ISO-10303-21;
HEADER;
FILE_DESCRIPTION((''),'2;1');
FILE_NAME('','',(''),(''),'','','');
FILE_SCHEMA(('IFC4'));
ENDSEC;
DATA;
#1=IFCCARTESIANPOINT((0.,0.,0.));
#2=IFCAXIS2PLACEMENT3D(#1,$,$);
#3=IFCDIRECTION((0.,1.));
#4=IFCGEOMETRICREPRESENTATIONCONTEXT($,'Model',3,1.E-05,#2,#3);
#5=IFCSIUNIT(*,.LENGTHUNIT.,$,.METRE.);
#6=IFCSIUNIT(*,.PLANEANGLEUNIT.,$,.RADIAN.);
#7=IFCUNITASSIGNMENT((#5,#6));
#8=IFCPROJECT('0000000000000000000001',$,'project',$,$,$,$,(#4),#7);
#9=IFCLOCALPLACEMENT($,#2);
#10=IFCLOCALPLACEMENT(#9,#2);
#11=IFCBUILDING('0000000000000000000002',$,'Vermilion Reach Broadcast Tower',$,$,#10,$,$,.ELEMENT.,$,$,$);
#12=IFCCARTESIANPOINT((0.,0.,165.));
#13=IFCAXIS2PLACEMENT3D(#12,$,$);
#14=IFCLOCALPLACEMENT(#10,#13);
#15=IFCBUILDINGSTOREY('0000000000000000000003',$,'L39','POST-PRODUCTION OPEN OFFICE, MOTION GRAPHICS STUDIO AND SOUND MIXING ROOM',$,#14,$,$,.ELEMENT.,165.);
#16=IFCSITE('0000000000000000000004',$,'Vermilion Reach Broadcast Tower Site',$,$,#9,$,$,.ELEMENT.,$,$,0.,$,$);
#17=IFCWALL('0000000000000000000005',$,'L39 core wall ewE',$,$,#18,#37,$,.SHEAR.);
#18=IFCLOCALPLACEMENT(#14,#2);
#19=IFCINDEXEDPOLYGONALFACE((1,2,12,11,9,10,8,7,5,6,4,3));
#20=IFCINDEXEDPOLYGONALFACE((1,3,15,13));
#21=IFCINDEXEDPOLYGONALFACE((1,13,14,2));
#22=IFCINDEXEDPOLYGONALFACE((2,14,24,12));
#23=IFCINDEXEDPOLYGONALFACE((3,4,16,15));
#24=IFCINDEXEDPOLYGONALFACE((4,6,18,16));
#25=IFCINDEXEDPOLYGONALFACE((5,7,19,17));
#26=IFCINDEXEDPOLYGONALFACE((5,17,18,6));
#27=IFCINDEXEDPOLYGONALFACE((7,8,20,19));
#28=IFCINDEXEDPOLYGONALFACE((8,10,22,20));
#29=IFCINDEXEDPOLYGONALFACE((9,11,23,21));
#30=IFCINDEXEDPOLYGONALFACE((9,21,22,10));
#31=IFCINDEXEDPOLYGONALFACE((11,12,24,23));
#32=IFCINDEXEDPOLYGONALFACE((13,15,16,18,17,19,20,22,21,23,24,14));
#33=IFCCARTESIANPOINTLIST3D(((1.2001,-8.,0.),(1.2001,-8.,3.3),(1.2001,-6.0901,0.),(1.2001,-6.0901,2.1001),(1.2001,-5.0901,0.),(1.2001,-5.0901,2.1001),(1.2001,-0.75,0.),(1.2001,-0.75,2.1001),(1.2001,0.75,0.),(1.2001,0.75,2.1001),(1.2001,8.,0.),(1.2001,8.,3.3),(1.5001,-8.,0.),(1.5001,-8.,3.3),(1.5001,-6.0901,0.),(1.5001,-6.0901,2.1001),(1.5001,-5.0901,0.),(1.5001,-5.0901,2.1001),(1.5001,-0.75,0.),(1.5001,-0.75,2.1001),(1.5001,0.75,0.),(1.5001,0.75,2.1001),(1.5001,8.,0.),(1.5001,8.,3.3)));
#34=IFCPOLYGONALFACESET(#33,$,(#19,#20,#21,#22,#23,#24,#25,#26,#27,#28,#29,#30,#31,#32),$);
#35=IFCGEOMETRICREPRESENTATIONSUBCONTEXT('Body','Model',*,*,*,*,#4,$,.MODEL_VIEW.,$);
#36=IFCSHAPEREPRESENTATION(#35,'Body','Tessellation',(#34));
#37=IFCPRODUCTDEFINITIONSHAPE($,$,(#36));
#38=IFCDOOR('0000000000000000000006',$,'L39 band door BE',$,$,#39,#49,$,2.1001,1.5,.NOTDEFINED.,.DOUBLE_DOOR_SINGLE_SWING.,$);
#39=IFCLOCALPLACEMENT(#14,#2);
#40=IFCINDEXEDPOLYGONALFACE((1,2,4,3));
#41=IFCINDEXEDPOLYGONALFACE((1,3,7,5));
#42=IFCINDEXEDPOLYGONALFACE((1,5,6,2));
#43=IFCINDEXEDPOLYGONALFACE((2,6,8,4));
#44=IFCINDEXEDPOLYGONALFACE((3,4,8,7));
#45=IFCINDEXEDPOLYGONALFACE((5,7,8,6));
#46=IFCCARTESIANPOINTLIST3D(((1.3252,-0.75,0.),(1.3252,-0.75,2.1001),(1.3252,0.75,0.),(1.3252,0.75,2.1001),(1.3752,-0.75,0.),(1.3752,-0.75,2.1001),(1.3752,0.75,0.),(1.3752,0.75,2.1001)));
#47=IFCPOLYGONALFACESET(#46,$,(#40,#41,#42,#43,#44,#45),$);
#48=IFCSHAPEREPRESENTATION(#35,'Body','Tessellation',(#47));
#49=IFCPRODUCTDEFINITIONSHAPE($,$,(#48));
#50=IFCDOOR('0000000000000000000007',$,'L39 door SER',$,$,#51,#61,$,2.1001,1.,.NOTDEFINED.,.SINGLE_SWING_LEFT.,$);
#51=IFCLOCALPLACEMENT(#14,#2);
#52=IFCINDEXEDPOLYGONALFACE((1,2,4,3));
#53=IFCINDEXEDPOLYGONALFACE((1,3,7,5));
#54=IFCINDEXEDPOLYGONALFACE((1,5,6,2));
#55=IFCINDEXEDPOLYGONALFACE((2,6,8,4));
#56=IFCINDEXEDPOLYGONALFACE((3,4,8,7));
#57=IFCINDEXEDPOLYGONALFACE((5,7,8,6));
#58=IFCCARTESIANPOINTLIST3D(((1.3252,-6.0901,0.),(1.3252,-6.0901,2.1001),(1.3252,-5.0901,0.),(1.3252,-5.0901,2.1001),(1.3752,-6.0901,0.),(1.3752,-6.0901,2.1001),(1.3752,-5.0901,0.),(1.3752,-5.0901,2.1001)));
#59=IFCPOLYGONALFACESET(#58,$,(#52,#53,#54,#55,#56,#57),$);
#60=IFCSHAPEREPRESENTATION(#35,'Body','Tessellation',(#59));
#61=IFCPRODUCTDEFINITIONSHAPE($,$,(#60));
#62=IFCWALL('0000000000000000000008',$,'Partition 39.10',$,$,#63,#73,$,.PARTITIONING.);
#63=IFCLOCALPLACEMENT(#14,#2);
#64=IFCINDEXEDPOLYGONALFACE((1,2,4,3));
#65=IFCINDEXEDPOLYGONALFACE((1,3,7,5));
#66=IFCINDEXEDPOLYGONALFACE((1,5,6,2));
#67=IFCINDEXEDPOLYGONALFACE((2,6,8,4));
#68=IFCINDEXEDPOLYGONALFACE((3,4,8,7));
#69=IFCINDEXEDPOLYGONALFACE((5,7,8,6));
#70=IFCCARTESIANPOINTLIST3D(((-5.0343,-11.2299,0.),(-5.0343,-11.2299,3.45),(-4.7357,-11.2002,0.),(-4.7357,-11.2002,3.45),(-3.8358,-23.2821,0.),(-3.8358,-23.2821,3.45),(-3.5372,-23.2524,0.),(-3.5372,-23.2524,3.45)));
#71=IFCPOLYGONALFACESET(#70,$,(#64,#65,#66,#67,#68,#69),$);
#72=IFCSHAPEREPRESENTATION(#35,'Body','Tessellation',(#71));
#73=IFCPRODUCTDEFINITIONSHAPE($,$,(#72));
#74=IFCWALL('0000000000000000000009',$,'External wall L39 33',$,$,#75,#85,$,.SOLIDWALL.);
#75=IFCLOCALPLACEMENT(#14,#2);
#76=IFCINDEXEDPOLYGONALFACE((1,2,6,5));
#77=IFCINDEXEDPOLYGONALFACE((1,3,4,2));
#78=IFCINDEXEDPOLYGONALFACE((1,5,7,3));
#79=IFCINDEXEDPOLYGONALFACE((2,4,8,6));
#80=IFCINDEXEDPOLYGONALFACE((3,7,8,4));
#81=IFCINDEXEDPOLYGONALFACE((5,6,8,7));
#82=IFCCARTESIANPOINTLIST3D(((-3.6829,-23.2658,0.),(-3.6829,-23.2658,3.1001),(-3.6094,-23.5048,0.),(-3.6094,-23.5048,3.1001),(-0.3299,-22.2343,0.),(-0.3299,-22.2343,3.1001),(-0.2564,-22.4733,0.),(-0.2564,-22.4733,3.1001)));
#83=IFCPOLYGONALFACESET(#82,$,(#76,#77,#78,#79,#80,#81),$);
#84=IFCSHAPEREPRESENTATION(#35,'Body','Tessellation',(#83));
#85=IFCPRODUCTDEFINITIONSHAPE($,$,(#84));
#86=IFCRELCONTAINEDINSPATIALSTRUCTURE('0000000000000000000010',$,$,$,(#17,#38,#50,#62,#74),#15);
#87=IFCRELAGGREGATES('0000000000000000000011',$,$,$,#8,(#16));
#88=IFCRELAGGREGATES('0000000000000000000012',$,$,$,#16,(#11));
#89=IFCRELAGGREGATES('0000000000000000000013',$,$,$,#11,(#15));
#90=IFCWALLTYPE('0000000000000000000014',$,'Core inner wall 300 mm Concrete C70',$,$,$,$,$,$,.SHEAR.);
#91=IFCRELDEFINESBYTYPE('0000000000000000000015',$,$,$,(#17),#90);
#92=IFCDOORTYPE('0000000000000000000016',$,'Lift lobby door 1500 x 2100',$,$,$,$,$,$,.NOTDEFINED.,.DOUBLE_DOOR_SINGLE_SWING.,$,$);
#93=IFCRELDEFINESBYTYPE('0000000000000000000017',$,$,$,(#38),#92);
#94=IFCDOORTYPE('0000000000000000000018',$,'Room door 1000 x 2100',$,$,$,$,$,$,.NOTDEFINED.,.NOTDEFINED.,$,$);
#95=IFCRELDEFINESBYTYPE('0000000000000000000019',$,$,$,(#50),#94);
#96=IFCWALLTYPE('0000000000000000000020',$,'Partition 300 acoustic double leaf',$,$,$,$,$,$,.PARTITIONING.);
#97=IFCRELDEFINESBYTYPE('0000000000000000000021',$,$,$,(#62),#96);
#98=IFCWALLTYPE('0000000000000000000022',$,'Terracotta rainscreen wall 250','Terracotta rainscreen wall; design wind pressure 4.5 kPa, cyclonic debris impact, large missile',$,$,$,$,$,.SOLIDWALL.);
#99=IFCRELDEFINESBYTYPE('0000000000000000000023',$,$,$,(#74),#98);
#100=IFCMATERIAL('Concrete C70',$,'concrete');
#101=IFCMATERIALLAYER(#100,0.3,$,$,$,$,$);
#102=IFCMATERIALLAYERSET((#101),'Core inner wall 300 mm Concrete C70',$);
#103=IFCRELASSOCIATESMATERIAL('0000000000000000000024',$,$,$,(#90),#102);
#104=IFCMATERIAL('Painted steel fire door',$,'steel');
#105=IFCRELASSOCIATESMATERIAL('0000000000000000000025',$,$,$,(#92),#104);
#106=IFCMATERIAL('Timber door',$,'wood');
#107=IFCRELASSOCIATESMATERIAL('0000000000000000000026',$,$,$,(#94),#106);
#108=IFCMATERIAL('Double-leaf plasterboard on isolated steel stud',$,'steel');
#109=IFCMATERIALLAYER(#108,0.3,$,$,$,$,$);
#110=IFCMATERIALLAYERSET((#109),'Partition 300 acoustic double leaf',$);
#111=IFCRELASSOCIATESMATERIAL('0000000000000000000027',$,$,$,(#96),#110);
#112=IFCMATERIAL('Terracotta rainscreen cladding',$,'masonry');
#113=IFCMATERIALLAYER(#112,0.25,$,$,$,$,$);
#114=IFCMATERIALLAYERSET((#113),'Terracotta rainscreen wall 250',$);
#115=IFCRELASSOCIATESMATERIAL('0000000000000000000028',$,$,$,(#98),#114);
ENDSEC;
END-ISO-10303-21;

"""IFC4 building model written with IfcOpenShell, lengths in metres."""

from ifc_helpers import new_model, si_unit, direction, frame, frame_2d, origin, place, context, subcontext, project, spatial, rectangle, extrude, material, layer, layer_set, type_object, element, fill, save


model = new_model("IFC4")

# Units and contexts
model_context = context("Model", 3, precision=1e-05, world=origin(), true_north=direction((0.0, 1.0)))
body_context = subcontext(model_context, "Body", "Model", "MODEL_VIEW")
ifc_project = project(units=[si_unit("LENGTHUNIT", "METRE"), si_unit("PLANEANGLEUNIT", "RADIAN")], contexts=[model_context])

# Site, building, storey
site_placement = place(None, origin())
site = spatial("IfcSite", under=ifc_project, at=site_placement, Name="Vermilion Reach Broadcast Tower Site", CompositionType="ELEMENT", RefElevation=0.0)
building_placement = place(site_placement, origin())
building = spatial("IfcBuilding", under=site, at=building_placement, Name="Vermilion Reach Broadcast Tower", CompositionType="ELEMENT")
storey_placement = place(building_placement, frame((0.0, 0.0, 165.0)))
storey = spatial("IfcBuildingStorey", under=building, at=storey_placement, Name="L39", Description="POST-PRODUCTION OPEN OFFICE, MOTION GRAPHICS STUDIO AND SOUND MIXING ROOM", CompositionType="ELEMENT", Elevation=165.0)

# Wall, openings, doors
ifc_material_1 = material(Name="Concrete C70", Category="concrete")
ifc_layer_1 = layer(ifc_material_1, 0.3)
ifc_layer_set_1 = layer_set([ifc_layer_1], Name="Core inner wall 300 mm Concrete C70")
wall_type_1 = type_object("IfcWallType", Name="Core inner wall 300 mm Concrete C70", PredefinedType="SHEAR", material=ifc_layer_set_1)
wall_1_placement = place(storey_placement, frame((1.3501, -8.0, 0.0), z_axis=(0.0, 0.0, 1.0), x_axis=(0.0, 1.0, 0.0)))
wall_1 = element("IfcWall", 1, at=wall_1_placement, inside=storey, type_object=wall_type_1, Name="L39 core wall ewE", PredefinedType="SHEAR", context=body_context, shape_type="SweptSolid", body=[
    extrude(rectangle(XDim=16.0, YDim=0.3, at=frame_2d((8.0, 0.0))), origin(), (0.0, 0.0, 1.0), 3.3),
])
opening_1_placement = place(wall_1_placement, frame((1.9099, 0.0, 0.0)))
opening_1 = element("IfcOpeningElement", 2, at=opening_1_placement, cuts=wall_1, PredefinedType="OPENING", context=body_context, shape_type="SweptSolid", body=[
    extrude(rectangle(XDim=1.0, YDim=2.1001, at=frame_2d((0.5, 1.05))), frame((0.0, 0.1599, 0.0), z_axis=(0.0, -1.0, 0.0), x_axis=(1.0, 0.0, 0.0)), (0.0, 0.0, 1.0), 0.3201),
])
opening_2_placement = place(wall_1_placement, frame((7.25, 0.0, 0.0)))
opening_2 = element("IfcOpeningElement", 3, at=opening_2_placement, cuts=wall_1, PredefinedType="OPENING", context=body_context, shape_type="SweptSolid", body=[
    extrude(rectangle(XDim=1.5, YDim=2.1001, at=frame_2d((0.75, 1.05))), frame((0.0, 0.1599, 0.0), z_axis=(0.0, -1.0, 0.0), x_axis=(1.0, 0.0, 0.0)), (0.0, 0.0, 1.0), 0.3201),
])
ifc_material_2 = material(Name="Painted steel fire door", Category="steel")
door_type_1 = type_object("IfcDoorType", Name="Lift lobby door 1500 x 2100", OperationType="DOUBLE_DOOR_SINGLE_SWING", PredefinedType="NOTDEFINED", material=ifc_material_2)
door_1_placement = place(opening_2_placement, origin())
door_1 = element("IfcDoor", 4, at=door_1_placement, inside=storey, type_object=door_type_1, Name="L39 band door BE", OperationType="DOUBLE_DOOR_SINGLE_SWING", OverallHeight=2.1001, OverallWidth=1.5, PredefinedType="NOTDEFINED", context=body_context, shape_type="SweptSolid", body=[
    extrude(rectangle(XDim=1.5, YDim=2.1001, at=frame_2d((0.75, 1.05))), frame((0.0, 0.0249, 0.0), z_axis=(0.0, -1.0, 0.0), x_axis=(1.0, 0.0, 0.0)), (0.0, 0.0, 1.0), 0.05),
])
fill(opening_2, door_1)
ifc_material_3 = material(Name="Timber door", Category="wood")
door_type_2 = type_object("IfcDoorType", Name="Room door 1000 x 2100", OperationType="NOTDEFINED", PredefinedType="NOTDEFINED", material=ifc_material_3)
door_2_placement = place(opening_1_placement, origin())
door_2 = element("IfcDoor", 5, at=door_2_placement, inside=storey, type_object=door_type_2, Name="L39 door SER", OperationType="SINGLE_SWING_LEFT", OverallHeight=2.1001, OverallWidth=1.0, PredefinedType="NOTDEFINED", context=body_context, shape_type="SweptSolid", body=[
    extrude(rectangle(XDim=1.0, YDim=2.1001, at=frame_2d((0.5, 1.05))), frame((0.0, 0.0249, 0.0), z_axis=(0.0, -1.0, 0.0), x_axis=(1.0, 0.0, 0.0)), (0.0, 0.0, 1.0), 0.05),
])
fill(opening_1, door_2)

# Walls
ifc_material_4 = material(Name="Double-leaf plasterboard on isolated steel stud", Category="steel")
ifc_layer_2 = layer(ifc_material_4, 0.3)
ifc_layer_set_2 = layer_set([ifc_layer_2], Name="Partition 300 acoustic double leaf")
wall_type_2 = type_object("IfcWallType", Name="Partition 300 acoustic double leaf", PredefinedType="PARTITIONING", material=ifc_layer_set_2)
wall_2_placement = place(storey_placement, frame((-3.6865, -23.2671, 0.0), z_axis=(0.0, 0.0, 1.0), x_axis=(-0.098953, 0.995092, 0.0)))
element("IfcWall", 6, at=wall_2_placement, inside=storey, type_object=wall_type_2, Name="Partition 39.10", PredefinedType="PARTITIONING", context=body_context, shape_type="SweptSolid", body=[
    extrude(rectangle(XDim=12.1116, YDim=0.3, at=frame_2d((6.0557, 0.0))), origin(), (0.0, 0.0, 1.0), 3.45),
])
ifc_material_5 = material(Name="Terracotta rainscreen cladding", Category="masonry")
ifc_layer_3 = layer(ifc_material_5, 0.25)
ifc_layer_set_3 = layer_set([ifc_layer_3], Name="Terracotta rainscreen wall 250")
wall_type_3 = type_object("IfcWallType", Name="Terracotta rainscreen wall 250", Description="Terracotta rainscreen wall; design wind pressure 4.5 kPa, cyclonic debris impact, large missile", PredefinedType="SOLIDWALL", material=ifc_layer_set_3)
wall_3_placement = place(storey_placement, frame((-3.646, -23.3853, 0.0), z_axis=(0.0, 0.0, 1.0), x_axis=(0.955796, 0.294032, 0.0)))
element("IfcWall", 7, at=wall_3_placement, inside=storey, type_object=wall_type_3, Name="External wall L39 33", PredefinedType="SOLIDWALL", context=body_context, shape_type="SweptSolid", body=[
    extrude(rectangle(XDim=3.5081, YDim=0.25, at=frame_2d((1.7539, 0.0))), origin(), (0.0, 0.0, 1.0), 3.1001),
])

save(model, "model.ifc")
